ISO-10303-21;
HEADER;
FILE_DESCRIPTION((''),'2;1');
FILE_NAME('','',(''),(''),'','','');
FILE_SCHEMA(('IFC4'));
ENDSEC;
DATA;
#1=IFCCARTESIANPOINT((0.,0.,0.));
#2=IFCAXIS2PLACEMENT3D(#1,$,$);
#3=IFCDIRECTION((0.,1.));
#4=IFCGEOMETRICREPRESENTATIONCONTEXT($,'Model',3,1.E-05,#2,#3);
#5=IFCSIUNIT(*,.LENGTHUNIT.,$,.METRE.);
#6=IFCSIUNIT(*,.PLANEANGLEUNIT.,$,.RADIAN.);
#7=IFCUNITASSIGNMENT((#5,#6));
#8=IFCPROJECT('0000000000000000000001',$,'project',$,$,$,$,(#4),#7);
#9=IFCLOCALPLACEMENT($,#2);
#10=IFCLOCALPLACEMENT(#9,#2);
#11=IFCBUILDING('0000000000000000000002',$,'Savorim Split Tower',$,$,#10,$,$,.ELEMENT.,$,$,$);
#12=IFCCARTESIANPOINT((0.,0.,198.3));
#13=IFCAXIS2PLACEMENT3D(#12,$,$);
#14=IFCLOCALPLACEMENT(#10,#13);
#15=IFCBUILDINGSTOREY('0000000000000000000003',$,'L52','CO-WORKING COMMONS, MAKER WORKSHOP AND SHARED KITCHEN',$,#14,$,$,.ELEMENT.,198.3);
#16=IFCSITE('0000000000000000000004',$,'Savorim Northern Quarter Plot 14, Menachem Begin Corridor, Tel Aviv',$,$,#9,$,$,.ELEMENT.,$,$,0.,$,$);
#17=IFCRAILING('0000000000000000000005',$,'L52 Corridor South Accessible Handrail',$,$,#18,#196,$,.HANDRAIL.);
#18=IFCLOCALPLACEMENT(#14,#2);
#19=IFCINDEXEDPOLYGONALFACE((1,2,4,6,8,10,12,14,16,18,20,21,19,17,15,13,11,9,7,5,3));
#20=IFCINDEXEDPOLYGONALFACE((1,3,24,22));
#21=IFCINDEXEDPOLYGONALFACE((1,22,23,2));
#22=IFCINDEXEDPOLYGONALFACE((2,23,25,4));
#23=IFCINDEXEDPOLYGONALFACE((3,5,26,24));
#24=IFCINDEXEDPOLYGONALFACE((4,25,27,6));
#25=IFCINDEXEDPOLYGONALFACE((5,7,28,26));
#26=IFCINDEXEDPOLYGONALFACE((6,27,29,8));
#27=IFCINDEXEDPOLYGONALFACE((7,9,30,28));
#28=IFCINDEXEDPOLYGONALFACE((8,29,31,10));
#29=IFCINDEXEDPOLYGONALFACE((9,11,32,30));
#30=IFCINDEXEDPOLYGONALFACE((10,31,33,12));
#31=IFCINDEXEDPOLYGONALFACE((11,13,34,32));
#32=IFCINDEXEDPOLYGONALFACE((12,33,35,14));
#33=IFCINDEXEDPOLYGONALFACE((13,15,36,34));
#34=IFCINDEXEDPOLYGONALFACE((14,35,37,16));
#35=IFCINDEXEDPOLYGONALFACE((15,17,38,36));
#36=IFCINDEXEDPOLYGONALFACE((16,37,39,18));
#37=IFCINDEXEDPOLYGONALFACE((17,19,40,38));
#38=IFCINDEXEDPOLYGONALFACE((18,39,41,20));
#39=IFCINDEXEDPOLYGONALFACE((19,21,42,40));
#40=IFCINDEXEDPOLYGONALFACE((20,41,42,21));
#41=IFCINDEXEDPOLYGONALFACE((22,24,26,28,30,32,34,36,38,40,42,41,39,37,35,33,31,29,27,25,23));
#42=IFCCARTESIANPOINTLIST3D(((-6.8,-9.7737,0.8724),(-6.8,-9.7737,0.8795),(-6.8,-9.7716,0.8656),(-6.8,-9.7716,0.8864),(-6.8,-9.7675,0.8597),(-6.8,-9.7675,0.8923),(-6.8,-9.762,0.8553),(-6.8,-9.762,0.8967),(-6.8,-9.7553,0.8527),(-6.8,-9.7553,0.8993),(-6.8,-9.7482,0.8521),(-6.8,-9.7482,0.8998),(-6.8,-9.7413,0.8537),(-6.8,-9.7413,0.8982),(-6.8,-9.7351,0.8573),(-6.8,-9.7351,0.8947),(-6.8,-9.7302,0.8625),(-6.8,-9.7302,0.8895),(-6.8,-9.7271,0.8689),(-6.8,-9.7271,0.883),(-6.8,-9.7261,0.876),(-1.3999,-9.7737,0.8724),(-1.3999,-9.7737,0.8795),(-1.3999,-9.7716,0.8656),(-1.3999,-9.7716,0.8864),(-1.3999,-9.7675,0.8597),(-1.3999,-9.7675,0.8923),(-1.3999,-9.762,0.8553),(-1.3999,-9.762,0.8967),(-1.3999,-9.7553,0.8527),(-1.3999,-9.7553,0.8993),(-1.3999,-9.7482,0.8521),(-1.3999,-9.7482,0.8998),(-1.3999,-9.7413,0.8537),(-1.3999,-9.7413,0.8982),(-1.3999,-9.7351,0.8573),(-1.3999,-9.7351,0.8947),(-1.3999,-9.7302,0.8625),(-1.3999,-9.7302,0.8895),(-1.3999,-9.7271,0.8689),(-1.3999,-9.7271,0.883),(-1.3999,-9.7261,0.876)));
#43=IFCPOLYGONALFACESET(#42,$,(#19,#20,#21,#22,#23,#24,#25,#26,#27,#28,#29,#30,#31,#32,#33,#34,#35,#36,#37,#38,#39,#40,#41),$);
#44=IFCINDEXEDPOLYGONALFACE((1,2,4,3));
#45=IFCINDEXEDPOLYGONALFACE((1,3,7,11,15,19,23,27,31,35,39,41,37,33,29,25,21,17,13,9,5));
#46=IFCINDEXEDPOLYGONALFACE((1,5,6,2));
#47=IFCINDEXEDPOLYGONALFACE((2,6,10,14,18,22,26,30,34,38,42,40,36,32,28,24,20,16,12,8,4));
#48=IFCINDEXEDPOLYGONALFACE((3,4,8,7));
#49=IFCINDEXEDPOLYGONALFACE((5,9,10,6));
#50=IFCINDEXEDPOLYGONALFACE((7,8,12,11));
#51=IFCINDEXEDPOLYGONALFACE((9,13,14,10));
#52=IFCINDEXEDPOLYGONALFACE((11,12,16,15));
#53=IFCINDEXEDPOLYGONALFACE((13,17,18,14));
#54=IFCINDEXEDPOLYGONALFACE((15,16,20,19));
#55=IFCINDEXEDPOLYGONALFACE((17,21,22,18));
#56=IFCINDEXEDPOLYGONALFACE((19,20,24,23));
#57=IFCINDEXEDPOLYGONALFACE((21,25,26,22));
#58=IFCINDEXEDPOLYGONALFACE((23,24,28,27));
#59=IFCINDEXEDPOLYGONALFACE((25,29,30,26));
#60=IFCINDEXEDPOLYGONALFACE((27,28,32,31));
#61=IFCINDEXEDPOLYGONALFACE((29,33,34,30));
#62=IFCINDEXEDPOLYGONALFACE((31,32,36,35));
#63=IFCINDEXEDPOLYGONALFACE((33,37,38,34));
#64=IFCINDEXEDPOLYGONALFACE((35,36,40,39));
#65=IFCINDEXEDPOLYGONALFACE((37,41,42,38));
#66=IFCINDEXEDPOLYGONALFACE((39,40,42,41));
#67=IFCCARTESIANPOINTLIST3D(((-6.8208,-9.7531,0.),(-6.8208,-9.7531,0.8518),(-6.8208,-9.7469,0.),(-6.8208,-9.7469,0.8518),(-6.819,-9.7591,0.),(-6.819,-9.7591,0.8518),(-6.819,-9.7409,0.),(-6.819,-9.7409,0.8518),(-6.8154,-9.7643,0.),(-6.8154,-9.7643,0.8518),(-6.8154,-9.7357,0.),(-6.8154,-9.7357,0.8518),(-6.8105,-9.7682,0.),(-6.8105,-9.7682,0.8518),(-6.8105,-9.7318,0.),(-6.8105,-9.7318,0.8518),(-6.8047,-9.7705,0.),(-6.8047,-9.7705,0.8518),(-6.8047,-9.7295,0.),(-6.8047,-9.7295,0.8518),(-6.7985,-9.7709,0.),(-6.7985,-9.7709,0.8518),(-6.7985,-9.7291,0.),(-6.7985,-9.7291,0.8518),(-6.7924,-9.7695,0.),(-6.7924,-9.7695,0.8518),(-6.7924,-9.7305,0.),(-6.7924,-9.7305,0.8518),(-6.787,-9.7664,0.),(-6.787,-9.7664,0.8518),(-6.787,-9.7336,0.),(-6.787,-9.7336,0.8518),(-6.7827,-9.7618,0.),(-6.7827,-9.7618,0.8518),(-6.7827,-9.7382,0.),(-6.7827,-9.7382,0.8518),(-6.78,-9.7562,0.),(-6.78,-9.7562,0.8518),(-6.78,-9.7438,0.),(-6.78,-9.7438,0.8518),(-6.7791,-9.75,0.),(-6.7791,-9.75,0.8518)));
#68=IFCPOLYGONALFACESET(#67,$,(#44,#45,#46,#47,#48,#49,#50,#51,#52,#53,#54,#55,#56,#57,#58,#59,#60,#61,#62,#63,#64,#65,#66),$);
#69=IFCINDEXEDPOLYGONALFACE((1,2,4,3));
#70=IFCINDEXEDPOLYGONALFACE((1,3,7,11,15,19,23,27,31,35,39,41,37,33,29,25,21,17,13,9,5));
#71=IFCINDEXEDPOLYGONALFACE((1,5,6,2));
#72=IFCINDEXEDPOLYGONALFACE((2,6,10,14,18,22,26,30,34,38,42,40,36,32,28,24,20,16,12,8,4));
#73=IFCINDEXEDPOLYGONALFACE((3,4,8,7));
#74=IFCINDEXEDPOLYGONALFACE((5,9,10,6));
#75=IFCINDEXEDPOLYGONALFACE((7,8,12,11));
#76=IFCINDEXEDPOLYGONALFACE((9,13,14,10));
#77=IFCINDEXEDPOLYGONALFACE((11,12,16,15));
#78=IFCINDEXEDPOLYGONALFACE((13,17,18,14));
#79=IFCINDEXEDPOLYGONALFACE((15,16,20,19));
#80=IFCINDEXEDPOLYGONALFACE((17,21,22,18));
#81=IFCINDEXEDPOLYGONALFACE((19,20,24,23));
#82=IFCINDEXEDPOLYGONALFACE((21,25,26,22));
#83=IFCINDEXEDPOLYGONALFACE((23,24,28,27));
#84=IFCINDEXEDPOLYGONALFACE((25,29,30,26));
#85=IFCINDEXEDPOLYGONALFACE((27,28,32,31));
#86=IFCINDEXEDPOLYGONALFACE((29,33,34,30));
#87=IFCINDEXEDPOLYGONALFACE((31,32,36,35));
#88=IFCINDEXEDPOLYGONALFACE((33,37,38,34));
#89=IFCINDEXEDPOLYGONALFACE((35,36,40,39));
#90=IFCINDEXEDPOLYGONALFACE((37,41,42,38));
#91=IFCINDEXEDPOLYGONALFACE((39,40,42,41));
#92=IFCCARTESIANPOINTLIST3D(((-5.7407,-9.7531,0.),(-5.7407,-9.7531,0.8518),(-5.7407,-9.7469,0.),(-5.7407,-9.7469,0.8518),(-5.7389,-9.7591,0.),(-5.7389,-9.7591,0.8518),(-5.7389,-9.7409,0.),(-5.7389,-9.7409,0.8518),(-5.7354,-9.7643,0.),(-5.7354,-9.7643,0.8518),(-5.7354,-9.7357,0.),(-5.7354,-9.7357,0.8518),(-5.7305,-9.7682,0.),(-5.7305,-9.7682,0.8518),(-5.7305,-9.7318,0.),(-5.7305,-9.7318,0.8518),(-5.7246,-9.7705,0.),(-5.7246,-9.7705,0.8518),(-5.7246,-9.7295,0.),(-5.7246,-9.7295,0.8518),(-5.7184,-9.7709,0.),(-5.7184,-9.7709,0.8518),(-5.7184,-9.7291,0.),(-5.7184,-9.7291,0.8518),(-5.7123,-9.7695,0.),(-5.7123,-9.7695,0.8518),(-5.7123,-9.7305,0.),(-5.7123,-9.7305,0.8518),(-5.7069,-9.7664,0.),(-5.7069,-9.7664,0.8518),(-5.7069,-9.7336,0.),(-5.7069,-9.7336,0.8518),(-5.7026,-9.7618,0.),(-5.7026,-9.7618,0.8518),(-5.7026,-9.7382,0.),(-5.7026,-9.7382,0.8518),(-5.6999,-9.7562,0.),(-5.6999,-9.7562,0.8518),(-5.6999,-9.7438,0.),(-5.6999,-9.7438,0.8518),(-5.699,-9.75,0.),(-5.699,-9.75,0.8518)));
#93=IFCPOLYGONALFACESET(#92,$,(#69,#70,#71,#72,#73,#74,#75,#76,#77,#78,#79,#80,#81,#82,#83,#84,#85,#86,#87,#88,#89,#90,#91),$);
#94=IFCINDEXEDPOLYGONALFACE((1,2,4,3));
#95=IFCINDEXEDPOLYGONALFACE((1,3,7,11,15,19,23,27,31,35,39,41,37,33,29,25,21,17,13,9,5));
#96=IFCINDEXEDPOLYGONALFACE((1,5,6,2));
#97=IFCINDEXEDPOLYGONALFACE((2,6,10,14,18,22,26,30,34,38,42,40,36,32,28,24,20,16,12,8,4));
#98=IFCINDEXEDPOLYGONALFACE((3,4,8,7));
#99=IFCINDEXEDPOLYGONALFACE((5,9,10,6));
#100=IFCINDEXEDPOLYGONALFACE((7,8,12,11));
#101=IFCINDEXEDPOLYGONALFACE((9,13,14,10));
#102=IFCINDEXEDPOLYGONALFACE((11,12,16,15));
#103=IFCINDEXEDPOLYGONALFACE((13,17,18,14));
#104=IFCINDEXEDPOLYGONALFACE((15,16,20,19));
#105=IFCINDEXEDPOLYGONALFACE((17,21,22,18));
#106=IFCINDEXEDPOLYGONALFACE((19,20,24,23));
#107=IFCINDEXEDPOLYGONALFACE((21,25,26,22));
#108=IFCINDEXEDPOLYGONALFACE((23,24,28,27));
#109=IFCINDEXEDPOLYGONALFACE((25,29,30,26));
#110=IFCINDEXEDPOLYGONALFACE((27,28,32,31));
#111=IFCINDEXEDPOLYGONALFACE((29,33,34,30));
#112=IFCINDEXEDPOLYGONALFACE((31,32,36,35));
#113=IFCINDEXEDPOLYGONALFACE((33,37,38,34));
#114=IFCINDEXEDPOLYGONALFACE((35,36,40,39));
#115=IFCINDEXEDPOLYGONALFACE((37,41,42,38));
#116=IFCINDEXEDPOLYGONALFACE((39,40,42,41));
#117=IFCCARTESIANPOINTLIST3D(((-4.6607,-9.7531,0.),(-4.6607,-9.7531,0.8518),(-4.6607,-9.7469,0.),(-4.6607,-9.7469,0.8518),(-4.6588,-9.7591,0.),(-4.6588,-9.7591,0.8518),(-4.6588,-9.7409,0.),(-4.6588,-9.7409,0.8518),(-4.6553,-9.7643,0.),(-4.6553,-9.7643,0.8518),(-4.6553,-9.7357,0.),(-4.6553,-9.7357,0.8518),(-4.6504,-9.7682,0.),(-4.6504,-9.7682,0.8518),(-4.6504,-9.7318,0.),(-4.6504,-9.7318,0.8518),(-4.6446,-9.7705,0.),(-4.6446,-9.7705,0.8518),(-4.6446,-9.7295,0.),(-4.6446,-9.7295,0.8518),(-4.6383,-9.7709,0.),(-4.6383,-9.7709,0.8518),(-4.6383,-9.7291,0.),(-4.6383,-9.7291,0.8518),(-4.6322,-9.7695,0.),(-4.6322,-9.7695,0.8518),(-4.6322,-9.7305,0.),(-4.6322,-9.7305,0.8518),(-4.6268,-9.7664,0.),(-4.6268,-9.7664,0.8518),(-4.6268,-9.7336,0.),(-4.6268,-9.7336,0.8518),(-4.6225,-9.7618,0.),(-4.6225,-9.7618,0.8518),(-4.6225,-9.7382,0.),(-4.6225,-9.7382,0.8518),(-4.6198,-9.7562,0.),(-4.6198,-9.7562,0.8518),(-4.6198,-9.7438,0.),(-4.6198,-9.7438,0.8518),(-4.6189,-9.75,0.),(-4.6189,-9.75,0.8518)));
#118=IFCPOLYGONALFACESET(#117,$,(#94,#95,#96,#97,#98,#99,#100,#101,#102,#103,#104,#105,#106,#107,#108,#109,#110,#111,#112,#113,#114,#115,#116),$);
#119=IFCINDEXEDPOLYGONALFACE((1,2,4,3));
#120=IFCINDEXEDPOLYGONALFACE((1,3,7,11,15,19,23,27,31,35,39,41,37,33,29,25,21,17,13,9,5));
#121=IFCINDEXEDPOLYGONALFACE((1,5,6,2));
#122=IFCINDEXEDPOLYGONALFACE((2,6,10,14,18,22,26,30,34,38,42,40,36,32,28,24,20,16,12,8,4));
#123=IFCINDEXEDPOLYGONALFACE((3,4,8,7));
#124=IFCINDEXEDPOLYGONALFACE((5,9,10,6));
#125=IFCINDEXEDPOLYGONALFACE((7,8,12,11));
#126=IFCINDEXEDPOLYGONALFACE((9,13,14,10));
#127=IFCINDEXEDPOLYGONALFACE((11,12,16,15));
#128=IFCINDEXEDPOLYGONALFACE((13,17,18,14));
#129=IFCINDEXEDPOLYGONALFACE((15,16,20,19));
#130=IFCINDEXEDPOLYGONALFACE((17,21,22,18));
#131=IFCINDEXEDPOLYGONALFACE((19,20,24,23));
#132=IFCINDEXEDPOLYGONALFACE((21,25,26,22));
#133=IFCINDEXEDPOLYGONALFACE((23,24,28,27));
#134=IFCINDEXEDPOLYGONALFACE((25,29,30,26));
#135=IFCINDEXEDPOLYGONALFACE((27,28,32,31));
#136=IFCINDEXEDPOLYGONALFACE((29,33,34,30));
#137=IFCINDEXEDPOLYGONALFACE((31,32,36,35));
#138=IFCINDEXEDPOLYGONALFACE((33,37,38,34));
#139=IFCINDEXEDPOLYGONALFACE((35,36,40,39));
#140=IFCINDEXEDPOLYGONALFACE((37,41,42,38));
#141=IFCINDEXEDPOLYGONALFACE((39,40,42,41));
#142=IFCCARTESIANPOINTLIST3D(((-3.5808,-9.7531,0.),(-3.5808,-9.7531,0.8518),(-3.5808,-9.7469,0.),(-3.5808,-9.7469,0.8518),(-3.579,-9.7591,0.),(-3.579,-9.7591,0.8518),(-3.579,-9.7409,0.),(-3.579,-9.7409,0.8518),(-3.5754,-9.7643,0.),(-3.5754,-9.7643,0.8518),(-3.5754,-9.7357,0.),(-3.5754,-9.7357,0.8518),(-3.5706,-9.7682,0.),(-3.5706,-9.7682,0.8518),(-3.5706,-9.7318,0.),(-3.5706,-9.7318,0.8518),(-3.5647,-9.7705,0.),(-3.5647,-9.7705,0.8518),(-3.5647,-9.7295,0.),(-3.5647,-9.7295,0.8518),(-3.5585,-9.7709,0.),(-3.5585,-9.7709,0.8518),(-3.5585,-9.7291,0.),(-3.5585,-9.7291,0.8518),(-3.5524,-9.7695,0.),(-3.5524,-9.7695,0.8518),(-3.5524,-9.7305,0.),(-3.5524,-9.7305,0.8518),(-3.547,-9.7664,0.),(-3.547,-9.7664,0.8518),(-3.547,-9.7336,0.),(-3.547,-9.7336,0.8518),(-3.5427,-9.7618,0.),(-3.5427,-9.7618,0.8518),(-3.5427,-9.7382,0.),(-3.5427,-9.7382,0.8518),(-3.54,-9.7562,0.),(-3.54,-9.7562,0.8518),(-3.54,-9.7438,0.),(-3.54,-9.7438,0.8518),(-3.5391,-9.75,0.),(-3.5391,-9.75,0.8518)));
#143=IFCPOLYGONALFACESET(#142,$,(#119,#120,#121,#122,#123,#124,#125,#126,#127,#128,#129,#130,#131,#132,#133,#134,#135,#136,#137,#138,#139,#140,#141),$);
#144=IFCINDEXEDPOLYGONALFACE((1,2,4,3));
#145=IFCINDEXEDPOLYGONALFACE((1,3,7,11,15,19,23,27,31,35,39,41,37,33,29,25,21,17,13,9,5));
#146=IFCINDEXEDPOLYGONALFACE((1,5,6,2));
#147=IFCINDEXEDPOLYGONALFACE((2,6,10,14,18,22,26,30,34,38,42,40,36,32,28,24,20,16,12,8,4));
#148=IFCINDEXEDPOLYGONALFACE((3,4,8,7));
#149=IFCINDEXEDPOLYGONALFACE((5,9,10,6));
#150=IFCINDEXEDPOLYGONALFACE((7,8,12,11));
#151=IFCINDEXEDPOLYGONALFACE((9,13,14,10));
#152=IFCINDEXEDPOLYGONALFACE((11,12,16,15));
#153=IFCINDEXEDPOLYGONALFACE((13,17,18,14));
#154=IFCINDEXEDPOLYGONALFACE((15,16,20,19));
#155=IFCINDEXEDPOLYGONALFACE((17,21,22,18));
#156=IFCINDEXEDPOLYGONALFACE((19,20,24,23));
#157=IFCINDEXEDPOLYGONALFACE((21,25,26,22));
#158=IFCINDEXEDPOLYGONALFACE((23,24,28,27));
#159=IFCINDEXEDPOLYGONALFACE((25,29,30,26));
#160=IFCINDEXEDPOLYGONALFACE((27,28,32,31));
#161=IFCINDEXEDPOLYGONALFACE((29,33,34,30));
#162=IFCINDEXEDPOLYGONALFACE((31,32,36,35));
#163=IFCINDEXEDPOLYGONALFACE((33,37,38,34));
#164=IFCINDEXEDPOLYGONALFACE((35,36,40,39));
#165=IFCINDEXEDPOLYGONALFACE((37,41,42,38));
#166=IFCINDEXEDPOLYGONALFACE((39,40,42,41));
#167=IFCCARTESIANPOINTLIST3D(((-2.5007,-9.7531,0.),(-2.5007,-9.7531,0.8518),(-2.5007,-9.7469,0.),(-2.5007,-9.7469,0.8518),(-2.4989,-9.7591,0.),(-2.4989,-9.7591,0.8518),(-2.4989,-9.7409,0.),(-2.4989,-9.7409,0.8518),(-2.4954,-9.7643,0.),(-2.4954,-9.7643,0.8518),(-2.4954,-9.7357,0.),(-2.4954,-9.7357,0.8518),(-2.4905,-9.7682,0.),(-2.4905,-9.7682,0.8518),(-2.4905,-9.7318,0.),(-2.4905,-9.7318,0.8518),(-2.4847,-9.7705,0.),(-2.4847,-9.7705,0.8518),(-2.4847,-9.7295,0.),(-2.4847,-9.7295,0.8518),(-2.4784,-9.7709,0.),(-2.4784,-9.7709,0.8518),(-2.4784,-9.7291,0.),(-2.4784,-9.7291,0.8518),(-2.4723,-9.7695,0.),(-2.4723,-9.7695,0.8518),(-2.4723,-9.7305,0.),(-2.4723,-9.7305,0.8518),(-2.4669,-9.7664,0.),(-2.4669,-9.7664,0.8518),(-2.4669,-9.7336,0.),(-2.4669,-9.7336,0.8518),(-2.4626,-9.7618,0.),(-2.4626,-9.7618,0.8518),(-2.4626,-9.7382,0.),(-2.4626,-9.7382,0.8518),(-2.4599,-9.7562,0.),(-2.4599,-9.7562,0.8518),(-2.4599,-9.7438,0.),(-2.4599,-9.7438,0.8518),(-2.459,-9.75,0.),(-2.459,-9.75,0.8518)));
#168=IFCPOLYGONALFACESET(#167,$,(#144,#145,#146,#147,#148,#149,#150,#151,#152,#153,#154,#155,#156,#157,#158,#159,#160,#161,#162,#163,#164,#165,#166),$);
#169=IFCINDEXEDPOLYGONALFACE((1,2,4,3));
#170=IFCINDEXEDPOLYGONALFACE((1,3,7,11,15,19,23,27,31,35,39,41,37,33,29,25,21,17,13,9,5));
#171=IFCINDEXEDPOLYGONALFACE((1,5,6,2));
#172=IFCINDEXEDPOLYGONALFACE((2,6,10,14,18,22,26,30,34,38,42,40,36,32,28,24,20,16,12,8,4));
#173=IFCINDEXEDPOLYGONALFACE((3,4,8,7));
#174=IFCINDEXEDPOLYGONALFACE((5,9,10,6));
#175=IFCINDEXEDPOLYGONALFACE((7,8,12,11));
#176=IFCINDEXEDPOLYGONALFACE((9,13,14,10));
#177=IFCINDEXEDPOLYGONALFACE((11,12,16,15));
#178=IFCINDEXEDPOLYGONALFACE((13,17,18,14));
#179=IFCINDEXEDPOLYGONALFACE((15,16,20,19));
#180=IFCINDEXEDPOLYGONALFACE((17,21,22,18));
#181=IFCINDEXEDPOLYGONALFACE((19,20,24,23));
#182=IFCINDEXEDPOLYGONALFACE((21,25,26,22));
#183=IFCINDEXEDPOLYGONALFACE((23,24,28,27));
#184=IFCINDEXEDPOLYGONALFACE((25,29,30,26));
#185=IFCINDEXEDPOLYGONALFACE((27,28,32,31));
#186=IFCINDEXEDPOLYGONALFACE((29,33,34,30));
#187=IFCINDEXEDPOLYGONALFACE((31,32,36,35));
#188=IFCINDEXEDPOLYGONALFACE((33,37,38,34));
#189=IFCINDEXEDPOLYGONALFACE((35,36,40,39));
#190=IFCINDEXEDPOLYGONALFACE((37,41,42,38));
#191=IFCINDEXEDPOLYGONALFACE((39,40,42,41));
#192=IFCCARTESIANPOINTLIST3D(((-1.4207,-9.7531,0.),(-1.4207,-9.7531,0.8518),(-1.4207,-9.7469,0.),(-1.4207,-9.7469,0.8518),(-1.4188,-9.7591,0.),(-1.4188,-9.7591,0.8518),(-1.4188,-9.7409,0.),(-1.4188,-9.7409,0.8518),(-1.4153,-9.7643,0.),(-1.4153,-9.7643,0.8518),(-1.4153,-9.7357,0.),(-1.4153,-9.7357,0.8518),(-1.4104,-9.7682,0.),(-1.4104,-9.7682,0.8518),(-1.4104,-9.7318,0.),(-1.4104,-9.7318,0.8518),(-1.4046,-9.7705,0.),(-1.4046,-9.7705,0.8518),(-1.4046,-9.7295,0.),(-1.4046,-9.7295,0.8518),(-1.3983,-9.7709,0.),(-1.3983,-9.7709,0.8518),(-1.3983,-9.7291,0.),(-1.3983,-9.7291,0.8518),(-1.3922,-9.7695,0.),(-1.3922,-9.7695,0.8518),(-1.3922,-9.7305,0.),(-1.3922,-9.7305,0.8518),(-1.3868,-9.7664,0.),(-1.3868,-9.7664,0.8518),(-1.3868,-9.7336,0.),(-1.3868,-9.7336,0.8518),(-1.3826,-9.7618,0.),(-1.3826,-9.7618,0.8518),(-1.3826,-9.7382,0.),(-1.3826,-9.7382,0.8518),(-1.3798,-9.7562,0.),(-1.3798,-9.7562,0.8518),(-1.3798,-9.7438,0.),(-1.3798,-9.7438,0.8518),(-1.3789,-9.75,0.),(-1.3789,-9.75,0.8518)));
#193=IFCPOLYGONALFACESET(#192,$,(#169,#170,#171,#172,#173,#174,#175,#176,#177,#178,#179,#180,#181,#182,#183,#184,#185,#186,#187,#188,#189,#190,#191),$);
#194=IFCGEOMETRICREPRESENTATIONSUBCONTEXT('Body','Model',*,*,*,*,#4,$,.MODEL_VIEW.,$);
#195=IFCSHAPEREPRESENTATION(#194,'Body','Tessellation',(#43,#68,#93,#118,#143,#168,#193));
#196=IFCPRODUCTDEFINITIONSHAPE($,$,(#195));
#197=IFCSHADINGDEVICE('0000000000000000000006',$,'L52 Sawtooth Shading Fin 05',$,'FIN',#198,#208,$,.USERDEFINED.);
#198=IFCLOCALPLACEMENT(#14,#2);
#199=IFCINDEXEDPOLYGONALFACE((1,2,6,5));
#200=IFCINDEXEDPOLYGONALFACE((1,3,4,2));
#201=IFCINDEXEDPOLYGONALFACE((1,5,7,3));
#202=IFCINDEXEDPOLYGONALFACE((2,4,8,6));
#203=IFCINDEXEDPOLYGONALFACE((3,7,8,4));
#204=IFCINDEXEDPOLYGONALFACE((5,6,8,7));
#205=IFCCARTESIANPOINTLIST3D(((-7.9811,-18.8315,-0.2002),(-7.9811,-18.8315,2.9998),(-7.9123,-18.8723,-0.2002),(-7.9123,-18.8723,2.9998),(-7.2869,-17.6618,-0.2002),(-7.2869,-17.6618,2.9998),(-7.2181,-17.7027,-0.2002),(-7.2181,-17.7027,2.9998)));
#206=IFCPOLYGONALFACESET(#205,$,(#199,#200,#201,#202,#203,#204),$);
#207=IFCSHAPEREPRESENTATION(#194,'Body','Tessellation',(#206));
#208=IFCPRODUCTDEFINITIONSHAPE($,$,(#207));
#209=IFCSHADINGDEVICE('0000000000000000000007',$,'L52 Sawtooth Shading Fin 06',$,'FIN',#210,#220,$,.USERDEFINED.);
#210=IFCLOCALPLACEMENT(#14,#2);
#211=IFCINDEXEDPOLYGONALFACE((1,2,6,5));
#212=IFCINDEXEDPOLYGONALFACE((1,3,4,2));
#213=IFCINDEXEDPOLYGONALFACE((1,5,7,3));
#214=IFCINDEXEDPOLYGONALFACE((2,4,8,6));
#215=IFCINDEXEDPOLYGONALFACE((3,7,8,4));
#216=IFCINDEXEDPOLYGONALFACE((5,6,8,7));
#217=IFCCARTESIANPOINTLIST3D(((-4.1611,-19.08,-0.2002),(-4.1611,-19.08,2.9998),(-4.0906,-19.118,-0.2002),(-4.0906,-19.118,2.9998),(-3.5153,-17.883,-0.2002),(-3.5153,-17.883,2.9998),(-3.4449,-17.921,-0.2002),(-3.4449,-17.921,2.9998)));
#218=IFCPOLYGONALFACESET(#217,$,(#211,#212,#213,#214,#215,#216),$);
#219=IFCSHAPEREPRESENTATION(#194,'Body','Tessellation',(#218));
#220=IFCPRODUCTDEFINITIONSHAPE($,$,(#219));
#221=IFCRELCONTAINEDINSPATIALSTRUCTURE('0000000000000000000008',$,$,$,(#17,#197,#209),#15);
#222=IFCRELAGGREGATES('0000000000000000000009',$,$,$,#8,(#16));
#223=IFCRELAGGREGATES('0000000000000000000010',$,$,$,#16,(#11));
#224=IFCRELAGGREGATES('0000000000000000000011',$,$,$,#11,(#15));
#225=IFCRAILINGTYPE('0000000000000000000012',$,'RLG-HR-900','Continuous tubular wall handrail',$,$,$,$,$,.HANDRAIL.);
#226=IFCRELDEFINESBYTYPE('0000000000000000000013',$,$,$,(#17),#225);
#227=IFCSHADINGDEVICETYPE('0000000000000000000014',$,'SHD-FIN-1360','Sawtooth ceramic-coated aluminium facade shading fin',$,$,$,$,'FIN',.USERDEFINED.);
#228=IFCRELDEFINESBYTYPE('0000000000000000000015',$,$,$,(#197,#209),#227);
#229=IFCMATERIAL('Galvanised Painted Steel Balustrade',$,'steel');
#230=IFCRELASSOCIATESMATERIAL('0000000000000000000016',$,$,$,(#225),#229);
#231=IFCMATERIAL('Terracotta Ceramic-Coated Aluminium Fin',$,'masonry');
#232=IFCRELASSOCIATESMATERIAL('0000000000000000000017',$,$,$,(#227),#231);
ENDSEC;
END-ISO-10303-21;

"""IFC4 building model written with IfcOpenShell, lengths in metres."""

from ifc_helpers import new_model, si_unit, direction, frame, origin, origin_2d, place, context, subcontext, project, spatial, rectangle, circle, extrude, material, type_object, element, save


model = new_model("IFC4")

# Units and contexts
model_context = context("Model", 3, precision=1e-05, world=origin(), true_north=direction((0.0, 1.0)))
body_context = subcontext(model_context, "Body", "Model", "MODEL_VIEW")
ifc_project = project(units=[si_unit("LENGTHUNIT", "METRE"), si_unit("PLANEANGLEUNIT", "RADIAN")], contexts=[model_context])

# Site, building, storey
site_placement = place(None, origin())
site = spatial("IfcSite", under=ifc_project, at=site_placement, Name="Savorim Northern Quarter Plot 14, Menachem Begin Corridor, Tel Aviv", CompositionType="ELEMENT", RefElevation=0.0)
building_placement = place(site_placement, origin())
building = spatial("IfcBuilding", under=site, at=building_placement, Name="Savorim Split Tower", CompositionType="ELEMENT")
storey_placement = place(building_placement, frame((0.0, 0.0, 198.3)))
storey = spatial("IfcBuildingStorey", under=building, at=storey_placement, Name="L52", Description="CO-WORKING COMMONS, MAKER WORKSHOP AND SHARED KITCHEN", CompositionType="ELEMENT", Elevation=198.3)

# Railing
ifc_material_1 = material(Name="Galvanised Painted Steel Balustrade", Category="steel")
railing_type = type_object("IfcRailingType", Name="RLG-HR-900", Description="Continuous tubular wall handrail", PredefinedType="HANDRAIL", material=ifc_material_1)
railing_placement = place(storey_placement, frame((-6.8, -9.75, 0.0)))
element("IfcRailing", 1, at=railing_placement, inside=storey, type_object=railing_type, Name="L52 Corridor South Accessible Handrail", PredefinedType="HANDRAIL", context=body_context, shape_type="SweptSolid", body=[
    extrude(circle(Radius=0.0239, at=origin_2d()), frame((0.0, 0.0, 0.876), z_axis=(1.0, 0.0, 0.0), x_axis=(0.0, 1.0, 0.0)), (0.0, 0.0, 1.0), 5.4001),
    extrude(circle(Radius=0.021, at=origin_2d()), origin(), (0.0, 0.0, 1.0), 0.8518),
    extrude(circle(Radius=0.021, at=origin_2d()), frame((1.0801, 0.0, 0.0)), (0.0, 0.0, 1.0), 0.8518),
    extrude(circle(Radius=0.021, at=origin_2d()), frame((2.1602, 0.0, 0.0)), (0.0, 0.0, 1.0), 0.8518),
    extrude(circle(Radius=0.021, at=origin_2d()), frame((3.24, 0.0, 0.0)), (0.0, 0.0, 1.0), 0.8518),
    extrude(circle(Radius=0.021, at=origin_2d()), frame((4.3201, 0.0, 0.0)), (0.0, 0.0, 1.0), 0.8518),
    extrude(circle(Radius=0.021, at=origin_2d()), frame((5.4001, 0.0, 0.0)), (0.0, 0.0, 1.0), 0.8518),
])

# Shading devices
ifc_material_2 = material(Name="Terracotta Ceramic-Coated Aluminium Fin", Category="masonry")
shading_device_type = type_object("IfcShadingDeviceType", Name="SHD-FIN-1360", Description="Sawtooth ceramic-coated aluminium facade shading fin", ElementType="FIN", PredefinedType="USERDEFINED", material=ifc_material_2)
for number, where, z_axis, x_axis, name in (
    (2, (-7.5996, -18.2671, -0.2002), (0.0, 0.0, 1.0), (-0.510391, -0.859942, 0.0), "L52 Sawtooth Shading Fin 05"),
    (3, (-3.803, -18.5005, -0.2002), (0.0, 0.0, 1.0), (-0.474778, -0.880106, 0.0), "L52 Sawtooth Shading Fin 06"),
):
    element("IfcShadingDevice", number, at=place(storey_placement, frame(where, z_axis=z_axis, x_axis=x_axis)), inside=storey, type_object=shading_device_type, Name=name, ObjectType="FIN", PredefinedType="USERDEFINED", context=body_context, shape_type="SweptSolid", body=[
        extrude(rectangle(XDim=1.3601, YDim=0.0801, at=origin_2d()), origin(), (0.0, 0.0, 1.0), 3.2),
    ])

save(model, "model.ifc")
